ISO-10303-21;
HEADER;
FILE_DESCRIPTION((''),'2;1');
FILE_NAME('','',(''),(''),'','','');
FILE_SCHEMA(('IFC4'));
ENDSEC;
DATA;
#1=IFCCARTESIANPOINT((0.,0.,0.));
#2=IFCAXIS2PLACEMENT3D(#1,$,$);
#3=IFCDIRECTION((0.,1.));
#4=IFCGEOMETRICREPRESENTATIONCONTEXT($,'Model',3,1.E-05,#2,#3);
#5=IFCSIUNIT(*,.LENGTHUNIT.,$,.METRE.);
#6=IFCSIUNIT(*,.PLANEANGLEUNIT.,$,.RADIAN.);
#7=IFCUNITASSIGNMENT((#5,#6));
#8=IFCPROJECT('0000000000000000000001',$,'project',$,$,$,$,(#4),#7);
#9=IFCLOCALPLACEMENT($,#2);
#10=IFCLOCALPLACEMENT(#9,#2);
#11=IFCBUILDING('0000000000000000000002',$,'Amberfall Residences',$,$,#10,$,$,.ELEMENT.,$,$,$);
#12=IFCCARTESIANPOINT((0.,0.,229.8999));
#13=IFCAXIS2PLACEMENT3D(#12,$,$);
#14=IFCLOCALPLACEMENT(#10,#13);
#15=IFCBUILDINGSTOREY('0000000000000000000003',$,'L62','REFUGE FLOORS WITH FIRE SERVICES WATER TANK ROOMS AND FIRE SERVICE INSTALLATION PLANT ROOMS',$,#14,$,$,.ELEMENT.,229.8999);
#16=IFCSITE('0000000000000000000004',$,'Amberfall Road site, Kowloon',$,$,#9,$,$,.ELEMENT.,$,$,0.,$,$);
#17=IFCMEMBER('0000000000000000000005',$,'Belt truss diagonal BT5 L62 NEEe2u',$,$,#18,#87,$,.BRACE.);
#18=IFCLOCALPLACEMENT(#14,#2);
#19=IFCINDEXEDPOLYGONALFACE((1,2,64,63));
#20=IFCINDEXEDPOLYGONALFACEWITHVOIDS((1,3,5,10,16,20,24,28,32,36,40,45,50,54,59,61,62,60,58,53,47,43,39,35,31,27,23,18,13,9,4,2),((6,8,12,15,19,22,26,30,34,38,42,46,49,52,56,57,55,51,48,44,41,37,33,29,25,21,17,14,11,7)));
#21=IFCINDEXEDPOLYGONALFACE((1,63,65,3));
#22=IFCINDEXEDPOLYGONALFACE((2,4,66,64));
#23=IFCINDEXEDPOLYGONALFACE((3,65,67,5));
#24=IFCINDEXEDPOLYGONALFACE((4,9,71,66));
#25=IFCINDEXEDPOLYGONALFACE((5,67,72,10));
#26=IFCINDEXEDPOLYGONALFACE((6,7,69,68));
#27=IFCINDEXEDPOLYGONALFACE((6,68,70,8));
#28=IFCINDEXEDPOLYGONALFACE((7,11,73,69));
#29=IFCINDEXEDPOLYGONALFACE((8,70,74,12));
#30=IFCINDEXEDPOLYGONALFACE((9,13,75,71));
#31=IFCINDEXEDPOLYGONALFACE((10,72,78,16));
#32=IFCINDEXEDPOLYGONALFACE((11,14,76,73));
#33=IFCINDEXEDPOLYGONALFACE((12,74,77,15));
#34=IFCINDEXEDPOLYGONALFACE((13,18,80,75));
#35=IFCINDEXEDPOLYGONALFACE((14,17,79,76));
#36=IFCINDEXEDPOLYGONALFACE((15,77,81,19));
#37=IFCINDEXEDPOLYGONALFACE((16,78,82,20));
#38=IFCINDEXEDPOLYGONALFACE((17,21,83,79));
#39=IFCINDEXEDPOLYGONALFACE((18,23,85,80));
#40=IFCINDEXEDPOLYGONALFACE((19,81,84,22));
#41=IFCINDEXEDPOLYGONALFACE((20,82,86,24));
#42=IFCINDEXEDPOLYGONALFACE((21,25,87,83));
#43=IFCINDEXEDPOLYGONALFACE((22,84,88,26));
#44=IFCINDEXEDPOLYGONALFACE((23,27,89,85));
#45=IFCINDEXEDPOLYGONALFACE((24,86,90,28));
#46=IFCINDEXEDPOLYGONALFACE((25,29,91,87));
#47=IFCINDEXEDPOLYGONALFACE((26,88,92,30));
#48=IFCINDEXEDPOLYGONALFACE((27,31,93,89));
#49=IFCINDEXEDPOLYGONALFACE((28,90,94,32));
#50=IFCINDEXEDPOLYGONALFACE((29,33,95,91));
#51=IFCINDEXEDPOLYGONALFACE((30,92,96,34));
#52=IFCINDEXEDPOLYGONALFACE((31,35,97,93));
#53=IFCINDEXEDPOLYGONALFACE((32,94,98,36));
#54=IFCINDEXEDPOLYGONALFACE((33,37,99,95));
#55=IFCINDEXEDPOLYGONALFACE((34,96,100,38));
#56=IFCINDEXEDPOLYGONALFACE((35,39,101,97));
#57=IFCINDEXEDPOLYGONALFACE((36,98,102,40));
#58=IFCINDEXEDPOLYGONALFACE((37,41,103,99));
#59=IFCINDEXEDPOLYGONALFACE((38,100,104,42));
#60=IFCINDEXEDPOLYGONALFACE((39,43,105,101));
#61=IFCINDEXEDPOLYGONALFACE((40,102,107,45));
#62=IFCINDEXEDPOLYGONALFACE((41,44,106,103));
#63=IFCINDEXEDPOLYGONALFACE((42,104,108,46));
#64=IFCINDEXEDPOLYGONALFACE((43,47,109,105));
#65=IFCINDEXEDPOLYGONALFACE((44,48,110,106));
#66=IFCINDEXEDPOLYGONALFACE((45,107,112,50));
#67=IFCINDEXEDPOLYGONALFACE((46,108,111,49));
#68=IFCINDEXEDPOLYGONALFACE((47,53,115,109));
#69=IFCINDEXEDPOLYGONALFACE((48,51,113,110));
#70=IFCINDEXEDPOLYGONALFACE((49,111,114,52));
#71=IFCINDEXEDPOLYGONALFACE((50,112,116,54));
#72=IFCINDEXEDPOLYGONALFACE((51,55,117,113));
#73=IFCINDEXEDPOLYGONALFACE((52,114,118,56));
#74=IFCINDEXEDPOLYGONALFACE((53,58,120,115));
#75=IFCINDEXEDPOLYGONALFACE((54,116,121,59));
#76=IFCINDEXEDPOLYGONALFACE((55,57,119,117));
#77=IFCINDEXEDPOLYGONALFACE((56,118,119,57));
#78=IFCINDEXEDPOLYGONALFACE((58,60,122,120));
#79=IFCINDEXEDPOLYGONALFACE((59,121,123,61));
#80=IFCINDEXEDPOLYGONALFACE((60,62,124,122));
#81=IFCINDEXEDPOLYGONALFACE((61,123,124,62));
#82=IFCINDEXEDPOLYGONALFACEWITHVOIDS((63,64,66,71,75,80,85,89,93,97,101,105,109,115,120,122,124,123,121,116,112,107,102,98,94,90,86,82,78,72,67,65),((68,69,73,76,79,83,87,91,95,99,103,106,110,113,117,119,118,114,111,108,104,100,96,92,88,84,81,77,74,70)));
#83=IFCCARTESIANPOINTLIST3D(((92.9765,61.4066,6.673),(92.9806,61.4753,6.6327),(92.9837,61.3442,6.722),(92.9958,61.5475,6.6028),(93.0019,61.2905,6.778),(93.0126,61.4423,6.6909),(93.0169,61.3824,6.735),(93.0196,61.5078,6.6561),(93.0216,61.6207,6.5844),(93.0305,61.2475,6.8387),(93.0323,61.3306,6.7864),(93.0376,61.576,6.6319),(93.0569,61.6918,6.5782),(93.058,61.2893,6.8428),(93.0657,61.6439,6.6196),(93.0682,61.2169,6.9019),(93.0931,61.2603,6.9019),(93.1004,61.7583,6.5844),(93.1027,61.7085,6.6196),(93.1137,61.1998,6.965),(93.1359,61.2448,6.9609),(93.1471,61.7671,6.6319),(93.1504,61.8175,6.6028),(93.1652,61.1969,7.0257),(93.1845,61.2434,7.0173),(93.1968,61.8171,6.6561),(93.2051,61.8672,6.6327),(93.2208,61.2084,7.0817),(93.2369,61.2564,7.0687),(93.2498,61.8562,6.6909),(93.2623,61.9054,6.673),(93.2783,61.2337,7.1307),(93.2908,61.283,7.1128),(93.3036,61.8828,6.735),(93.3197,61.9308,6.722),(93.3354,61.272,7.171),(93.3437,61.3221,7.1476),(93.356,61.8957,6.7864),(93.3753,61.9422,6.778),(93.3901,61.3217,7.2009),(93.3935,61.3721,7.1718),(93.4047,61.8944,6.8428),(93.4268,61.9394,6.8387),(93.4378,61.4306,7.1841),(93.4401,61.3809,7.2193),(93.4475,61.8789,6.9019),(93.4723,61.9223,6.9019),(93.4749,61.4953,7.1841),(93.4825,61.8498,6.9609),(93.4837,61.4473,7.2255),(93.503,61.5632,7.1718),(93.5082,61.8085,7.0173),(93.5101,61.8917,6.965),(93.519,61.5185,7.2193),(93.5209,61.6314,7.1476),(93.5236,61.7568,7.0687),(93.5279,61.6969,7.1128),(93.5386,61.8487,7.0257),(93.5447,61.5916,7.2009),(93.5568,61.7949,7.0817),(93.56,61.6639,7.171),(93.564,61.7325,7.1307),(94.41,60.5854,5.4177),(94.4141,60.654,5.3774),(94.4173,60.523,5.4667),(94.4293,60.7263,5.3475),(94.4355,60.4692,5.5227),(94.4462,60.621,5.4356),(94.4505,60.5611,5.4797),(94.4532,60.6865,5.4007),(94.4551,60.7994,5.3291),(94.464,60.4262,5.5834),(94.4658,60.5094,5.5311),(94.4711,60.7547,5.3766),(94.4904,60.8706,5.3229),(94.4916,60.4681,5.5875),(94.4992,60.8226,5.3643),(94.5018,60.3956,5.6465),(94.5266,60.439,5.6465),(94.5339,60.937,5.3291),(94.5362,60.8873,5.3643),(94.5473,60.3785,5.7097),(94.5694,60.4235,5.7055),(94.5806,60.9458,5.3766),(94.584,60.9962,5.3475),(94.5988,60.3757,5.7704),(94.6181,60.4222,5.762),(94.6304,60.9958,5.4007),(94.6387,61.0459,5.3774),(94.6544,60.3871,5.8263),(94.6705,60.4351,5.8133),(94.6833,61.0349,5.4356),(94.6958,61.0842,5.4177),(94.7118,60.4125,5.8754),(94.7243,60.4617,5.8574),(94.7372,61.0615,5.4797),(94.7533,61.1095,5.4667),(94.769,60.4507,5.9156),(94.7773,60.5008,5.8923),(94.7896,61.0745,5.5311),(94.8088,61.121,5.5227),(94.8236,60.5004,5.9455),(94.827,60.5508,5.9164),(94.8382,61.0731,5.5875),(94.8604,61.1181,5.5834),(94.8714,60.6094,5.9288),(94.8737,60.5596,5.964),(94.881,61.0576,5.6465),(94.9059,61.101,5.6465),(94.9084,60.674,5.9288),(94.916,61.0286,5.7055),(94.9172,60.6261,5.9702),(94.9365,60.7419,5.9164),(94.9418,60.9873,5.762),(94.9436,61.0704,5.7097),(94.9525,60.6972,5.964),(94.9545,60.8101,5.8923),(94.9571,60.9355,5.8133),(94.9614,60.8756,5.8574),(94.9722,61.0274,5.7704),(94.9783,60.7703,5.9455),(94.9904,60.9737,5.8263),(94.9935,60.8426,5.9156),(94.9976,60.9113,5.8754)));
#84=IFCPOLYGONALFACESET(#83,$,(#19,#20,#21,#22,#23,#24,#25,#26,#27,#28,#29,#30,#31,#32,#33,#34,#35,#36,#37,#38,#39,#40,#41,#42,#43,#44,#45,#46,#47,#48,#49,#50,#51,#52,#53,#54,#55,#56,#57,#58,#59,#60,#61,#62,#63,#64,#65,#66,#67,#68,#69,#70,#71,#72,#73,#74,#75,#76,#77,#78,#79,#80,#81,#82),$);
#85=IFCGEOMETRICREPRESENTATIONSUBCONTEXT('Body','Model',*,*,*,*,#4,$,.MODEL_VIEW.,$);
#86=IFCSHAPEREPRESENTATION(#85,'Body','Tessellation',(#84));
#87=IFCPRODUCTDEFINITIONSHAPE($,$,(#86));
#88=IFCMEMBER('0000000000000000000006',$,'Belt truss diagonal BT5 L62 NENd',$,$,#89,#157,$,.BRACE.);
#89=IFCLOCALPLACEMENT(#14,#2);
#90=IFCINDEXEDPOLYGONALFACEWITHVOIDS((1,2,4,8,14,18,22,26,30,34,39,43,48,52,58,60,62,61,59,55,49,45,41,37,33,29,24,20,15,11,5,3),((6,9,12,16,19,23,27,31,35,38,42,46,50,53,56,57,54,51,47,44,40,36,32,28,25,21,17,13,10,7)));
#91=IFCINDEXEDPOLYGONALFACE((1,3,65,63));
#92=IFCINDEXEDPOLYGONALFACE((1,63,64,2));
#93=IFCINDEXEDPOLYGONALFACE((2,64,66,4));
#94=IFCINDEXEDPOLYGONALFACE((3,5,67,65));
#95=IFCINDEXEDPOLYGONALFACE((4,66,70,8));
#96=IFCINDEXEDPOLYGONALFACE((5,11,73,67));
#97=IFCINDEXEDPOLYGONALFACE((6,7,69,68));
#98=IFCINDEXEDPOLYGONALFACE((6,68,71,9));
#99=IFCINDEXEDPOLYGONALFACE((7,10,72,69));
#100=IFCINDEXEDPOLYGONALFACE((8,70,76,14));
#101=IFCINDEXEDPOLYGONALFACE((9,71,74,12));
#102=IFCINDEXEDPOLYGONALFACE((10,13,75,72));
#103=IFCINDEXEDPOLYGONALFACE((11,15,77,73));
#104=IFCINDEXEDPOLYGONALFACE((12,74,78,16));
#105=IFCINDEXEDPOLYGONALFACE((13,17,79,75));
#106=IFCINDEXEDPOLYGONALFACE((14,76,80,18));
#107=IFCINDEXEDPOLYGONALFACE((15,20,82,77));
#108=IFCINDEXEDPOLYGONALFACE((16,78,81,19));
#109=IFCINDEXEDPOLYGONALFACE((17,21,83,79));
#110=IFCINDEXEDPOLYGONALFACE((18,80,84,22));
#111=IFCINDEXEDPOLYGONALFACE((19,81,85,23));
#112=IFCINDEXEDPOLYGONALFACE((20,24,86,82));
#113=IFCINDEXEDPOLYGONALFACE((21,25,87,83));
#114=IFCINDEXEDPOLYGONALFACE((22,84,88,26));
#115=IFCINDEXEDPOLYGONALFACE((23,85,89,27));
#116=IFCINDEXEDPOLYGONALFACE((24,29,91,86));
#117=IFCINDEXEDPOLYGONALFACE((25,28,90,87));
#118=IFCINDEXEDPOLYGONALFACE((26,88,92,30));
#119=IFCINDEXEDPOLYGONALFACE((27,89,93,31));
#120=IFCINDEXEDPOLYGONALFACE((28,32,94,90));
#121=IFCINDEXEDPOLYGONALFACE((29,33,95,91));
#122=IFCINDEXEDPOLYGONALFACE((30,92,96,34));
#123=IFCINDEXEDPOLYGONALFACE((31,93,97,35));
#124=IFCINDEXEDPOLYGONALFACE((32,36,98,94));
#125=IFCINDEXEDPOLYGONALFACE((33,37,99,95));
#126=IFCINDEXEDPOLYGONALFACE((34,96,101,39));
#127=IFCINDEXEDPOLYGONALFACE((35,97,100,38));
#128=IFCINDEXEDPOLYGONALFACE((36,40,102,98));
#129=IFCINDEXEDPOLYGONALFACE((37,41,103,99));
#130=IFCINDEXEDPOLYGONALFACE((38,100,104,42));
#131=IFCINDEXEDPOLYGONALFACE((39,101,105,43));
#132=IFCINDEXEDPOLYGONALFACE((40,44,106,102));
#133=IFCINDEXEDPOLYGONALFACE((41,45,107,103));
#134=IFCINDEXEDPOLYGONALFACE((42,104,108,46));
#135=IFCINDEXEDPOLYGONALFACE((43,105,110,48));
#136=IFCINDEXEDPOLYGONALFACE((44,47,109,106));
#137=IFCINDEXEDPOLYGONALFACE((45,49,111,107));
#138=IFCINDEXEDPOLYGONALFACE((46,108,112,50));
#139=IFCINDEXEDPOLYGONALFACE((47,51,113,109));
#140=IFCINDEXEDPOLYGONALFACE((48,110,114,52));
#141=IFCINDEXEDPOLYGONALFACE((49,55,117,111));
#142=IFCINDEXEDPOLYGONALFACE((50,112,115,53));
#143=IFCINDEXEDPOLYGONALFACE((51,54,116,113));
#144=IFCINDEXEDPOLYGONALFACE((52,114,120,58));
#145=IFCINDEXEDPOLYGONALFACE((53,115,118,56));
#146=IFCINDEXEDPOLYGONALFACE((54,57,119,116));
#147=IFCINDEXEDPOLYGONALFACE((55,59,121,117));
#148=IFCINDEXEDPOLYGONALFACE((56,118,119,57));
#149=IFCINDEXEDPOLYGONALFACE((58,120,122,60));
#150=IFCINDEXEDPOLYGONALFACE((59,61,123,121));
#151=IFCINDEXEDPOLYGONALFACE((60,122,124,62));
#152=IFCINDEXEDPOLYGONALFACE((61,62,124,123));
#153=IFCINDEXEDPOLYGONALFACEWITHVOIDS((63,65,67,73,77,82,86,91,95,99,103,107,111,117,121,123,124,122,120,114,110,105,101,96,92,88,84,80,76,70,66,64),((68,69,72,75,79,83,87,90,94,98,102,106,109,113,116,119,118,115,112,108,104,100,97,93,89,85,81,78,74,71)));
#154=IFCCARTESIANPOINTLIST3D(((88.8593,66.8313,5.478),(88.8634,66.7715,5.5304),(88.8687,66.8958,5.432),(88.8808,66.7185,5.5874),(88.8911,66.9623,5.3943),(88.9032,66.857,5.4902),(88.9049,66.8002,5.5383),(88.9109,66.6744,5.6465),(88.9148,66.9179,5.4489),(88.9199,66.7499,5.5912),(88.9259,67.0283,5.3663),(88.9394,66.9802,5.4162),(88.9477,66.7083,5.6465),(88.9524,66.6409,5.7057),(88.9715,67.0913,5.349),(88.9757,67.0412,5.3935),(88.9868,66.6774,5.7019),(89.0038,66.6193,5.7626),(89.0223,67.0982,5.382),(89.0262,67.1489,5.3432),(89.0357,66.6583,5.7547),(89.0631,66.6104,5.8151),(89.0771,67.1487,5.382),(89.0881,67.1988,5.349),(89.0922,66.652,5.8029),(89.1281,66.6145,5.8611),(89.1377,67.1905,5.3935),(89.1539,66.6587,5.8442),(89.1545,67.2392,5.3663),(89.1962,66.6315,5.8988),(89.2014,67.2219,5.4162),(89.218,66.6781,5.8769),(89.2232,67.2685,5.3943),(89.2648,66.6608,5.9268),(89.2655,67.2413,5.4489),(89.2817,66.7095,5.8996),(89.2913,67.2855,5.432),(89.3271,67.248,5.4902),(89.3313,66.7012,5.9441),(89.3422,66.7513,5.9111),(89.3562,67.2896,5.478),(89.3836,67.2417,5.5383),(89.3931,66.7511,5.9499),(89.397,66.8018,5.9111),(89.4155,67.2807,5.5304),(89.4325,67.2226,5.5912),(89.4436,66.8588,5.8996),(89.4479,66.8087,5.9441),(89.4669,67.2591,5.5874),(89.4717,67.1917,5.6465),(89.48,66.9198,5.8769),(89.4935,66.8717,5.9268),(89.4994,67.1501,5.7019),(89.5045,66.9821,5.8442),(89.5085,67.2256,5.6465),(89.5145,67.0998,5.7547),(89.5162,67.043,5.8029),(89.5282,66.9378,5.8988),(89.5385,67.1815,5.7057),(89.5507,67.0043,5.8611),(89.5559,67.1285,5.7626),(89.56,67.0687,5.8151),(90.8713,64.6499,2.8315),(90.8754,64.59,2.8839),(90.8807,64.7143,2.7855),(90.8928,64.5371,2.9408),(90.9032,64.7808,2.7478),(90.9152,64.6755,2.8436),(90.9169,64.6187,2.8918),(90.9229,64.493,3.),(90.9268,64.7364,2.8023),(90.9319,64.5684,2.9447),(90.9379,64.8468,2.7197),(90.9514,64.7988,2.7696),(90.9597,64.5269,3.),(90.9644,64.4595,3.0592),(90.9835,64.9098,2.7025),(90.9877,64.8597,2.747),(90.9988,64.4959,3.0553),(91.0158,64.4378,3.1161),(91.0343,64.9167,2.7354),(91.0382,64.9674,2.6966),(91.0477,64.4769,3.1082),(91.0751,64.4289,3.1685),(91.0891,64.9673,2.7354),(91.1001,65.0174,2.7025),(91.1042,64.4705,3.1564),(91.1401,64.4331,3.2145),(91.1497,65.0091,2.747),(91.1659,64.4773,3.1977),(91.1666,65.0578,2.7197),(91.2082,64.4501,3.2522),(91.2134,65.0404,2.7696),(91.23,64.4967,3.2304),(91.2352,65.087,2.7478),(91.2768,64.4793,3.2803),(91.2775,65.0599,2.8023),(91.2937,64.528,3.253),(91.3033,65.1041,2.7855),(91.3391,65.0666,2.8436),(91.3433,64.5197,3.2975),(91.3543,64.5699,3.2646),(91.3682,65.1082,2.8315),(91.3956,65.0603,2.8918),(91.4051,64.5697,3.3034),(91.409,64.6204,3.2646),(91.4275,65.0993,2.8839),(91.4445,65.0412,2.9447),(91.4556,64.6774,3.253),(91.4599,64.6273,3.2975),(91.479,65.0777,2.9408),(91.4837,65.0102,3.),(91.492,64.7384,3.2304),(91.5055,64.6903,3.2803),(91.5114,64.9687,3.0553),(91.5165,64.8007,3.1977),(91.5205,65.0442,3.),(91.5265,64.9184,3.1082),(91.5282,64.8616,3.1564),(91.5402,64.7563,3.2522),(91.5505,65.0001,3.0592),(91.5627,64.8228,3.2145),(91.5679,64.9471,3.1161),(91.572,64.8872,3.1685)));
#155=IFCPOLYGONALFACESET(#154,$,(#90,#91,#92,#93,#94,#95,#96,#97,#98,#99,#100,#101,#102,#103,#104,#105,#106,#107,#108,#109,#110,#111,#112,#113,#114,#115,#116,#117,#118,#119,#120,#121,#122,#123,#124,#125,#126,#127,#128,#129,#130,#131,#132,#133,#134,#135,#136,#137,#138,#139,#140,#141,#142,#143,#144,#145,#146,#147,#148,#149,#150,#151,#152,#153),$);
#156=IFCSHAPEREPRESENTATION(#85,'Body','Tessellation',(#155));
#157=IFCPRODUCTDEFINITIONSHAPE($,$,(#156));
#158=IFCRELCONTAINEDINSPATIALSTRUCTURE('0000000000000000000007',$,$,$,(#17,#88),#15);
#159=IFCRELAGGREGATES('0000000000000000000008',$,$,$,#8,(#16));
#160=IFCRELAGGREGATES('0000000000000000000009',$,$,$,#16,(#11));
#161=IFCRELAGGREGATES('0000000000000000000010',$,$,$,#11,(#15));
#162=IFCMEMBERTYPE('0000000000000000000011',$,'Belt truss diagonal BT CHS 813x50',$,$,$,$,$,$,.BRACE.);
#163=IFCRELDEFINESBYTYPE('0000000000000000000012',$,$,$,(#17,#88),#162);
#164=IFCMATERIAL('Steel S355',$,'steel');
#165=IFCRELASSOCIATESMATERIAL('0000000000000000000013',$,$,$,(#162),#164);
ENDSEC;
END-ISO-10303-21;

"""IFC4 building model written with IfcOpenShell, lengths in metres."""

from ifc_helpers import new_model, si_unit, direction, frame, origin, origin_2d, place, context, subcontext, project, spatial, hollow_circle, extrude, material, material_profile, profile_set, type_object, element, save


model = new_model("IFC4")

# Units and contexts
model_context = context("Model", 3, precision=1e-05, world=origin(), true_north=direction((0.0, 1.0)))
body_context = subcontext(model_context, "Body", "Model", "MODEL_VIEW")
ifc_project = project(units=[si_unit("LENGTHUNIT", "METRE"), si_unit("PLANEANGLEUNIT", "RADIAN")], contexts=[model_context])

# Site, building, storey
site_placement = place(None, origin())
site = spatial("IfcSite", under=ifc_project, at=site_placement, Name="Amberfall Road site, Kowloon", CompositionType="ELEMENT", RefElevation=0.0)
building_placement = place(site_placement, origin())
building = spatial("IfcBuilding", under=site, at=building_placement, Name="Amberfall Residences", CompositionType="ELEMENT")
storey_placement = place(building_placement, frame((0.0, 0.0, 229.8999)))
storey = spatial("IfcBuildingStorey", under=building, at=storey_placement, Name="L62", Description="REFUGE FLOORS WITH FIRE SERVICES WATER TANK ROOMS AND FIRE SERVICE INSTALLATION PLANT ROOMS", CompositionType="ELEMENT", Elevation=229.8999)

# Shared definitions
ifc_material_1 = material(Name="Steel S355", Category="steel")

# Members
ifc_material_profile_1 = material_profile(ifc_material_1, hollow_circle(Radius=0.4065, WallThickness=0.05, at=origin_2d()), Name="CHS 813x50")
ifc_profile_set_1 = profile_set([ifc_material_profile_1], Name="Steel S355")
member_type = type_object("IfcMemberType", Name="Belt truss diagonal BT CHS 813x50", PredefinedType="BRACE", material=ifc_profile_set_1)
member_1_placement = place(storey_placement, frame((93.2703, 61.5696, 6.9019), z_axis=(0.690885, -0.3958, -0.604995), x_axis=(0.497093, 0.867697, 0.0)))
element("IfcMember", 1, at=member_1_placement, inside=storey, type_object=member_type, Name="Belt truss diagonal BT5 L62 NEEe2u", PredefinedType="BRACE", context=body_context, shape_type="SweptSolid", body=[
    extrude(hollow_circle(Radius=0.4065, WallThickness=0.05, at=origin_2d()), origin(), (0.0, 0.0, 1.0), 2.075),
])
member_2_placement = place(storey_placement, frame((91.2217, 64.7686, 3.0), z_axis=(-0.505998, 0.54861, 0.665577), x_axis=(-0.735078, -0.677983, 0.0)))
element("IfcMember", 2, at=member_2_placement, inside=storey, type_object=member_type, Name="Belt truss diagonal BT5 L62 NENd", PredefinedType="BRACE", context=body_context, shape_type="SweptSolid", body=[
    extrude(hollow_circle(Radius=0.4065, WallThickness=0.05, at=origin_2d()), origin(), (0.0, 0.0, 1.0), 3.9763),
])

save(model, "model.ifc")
